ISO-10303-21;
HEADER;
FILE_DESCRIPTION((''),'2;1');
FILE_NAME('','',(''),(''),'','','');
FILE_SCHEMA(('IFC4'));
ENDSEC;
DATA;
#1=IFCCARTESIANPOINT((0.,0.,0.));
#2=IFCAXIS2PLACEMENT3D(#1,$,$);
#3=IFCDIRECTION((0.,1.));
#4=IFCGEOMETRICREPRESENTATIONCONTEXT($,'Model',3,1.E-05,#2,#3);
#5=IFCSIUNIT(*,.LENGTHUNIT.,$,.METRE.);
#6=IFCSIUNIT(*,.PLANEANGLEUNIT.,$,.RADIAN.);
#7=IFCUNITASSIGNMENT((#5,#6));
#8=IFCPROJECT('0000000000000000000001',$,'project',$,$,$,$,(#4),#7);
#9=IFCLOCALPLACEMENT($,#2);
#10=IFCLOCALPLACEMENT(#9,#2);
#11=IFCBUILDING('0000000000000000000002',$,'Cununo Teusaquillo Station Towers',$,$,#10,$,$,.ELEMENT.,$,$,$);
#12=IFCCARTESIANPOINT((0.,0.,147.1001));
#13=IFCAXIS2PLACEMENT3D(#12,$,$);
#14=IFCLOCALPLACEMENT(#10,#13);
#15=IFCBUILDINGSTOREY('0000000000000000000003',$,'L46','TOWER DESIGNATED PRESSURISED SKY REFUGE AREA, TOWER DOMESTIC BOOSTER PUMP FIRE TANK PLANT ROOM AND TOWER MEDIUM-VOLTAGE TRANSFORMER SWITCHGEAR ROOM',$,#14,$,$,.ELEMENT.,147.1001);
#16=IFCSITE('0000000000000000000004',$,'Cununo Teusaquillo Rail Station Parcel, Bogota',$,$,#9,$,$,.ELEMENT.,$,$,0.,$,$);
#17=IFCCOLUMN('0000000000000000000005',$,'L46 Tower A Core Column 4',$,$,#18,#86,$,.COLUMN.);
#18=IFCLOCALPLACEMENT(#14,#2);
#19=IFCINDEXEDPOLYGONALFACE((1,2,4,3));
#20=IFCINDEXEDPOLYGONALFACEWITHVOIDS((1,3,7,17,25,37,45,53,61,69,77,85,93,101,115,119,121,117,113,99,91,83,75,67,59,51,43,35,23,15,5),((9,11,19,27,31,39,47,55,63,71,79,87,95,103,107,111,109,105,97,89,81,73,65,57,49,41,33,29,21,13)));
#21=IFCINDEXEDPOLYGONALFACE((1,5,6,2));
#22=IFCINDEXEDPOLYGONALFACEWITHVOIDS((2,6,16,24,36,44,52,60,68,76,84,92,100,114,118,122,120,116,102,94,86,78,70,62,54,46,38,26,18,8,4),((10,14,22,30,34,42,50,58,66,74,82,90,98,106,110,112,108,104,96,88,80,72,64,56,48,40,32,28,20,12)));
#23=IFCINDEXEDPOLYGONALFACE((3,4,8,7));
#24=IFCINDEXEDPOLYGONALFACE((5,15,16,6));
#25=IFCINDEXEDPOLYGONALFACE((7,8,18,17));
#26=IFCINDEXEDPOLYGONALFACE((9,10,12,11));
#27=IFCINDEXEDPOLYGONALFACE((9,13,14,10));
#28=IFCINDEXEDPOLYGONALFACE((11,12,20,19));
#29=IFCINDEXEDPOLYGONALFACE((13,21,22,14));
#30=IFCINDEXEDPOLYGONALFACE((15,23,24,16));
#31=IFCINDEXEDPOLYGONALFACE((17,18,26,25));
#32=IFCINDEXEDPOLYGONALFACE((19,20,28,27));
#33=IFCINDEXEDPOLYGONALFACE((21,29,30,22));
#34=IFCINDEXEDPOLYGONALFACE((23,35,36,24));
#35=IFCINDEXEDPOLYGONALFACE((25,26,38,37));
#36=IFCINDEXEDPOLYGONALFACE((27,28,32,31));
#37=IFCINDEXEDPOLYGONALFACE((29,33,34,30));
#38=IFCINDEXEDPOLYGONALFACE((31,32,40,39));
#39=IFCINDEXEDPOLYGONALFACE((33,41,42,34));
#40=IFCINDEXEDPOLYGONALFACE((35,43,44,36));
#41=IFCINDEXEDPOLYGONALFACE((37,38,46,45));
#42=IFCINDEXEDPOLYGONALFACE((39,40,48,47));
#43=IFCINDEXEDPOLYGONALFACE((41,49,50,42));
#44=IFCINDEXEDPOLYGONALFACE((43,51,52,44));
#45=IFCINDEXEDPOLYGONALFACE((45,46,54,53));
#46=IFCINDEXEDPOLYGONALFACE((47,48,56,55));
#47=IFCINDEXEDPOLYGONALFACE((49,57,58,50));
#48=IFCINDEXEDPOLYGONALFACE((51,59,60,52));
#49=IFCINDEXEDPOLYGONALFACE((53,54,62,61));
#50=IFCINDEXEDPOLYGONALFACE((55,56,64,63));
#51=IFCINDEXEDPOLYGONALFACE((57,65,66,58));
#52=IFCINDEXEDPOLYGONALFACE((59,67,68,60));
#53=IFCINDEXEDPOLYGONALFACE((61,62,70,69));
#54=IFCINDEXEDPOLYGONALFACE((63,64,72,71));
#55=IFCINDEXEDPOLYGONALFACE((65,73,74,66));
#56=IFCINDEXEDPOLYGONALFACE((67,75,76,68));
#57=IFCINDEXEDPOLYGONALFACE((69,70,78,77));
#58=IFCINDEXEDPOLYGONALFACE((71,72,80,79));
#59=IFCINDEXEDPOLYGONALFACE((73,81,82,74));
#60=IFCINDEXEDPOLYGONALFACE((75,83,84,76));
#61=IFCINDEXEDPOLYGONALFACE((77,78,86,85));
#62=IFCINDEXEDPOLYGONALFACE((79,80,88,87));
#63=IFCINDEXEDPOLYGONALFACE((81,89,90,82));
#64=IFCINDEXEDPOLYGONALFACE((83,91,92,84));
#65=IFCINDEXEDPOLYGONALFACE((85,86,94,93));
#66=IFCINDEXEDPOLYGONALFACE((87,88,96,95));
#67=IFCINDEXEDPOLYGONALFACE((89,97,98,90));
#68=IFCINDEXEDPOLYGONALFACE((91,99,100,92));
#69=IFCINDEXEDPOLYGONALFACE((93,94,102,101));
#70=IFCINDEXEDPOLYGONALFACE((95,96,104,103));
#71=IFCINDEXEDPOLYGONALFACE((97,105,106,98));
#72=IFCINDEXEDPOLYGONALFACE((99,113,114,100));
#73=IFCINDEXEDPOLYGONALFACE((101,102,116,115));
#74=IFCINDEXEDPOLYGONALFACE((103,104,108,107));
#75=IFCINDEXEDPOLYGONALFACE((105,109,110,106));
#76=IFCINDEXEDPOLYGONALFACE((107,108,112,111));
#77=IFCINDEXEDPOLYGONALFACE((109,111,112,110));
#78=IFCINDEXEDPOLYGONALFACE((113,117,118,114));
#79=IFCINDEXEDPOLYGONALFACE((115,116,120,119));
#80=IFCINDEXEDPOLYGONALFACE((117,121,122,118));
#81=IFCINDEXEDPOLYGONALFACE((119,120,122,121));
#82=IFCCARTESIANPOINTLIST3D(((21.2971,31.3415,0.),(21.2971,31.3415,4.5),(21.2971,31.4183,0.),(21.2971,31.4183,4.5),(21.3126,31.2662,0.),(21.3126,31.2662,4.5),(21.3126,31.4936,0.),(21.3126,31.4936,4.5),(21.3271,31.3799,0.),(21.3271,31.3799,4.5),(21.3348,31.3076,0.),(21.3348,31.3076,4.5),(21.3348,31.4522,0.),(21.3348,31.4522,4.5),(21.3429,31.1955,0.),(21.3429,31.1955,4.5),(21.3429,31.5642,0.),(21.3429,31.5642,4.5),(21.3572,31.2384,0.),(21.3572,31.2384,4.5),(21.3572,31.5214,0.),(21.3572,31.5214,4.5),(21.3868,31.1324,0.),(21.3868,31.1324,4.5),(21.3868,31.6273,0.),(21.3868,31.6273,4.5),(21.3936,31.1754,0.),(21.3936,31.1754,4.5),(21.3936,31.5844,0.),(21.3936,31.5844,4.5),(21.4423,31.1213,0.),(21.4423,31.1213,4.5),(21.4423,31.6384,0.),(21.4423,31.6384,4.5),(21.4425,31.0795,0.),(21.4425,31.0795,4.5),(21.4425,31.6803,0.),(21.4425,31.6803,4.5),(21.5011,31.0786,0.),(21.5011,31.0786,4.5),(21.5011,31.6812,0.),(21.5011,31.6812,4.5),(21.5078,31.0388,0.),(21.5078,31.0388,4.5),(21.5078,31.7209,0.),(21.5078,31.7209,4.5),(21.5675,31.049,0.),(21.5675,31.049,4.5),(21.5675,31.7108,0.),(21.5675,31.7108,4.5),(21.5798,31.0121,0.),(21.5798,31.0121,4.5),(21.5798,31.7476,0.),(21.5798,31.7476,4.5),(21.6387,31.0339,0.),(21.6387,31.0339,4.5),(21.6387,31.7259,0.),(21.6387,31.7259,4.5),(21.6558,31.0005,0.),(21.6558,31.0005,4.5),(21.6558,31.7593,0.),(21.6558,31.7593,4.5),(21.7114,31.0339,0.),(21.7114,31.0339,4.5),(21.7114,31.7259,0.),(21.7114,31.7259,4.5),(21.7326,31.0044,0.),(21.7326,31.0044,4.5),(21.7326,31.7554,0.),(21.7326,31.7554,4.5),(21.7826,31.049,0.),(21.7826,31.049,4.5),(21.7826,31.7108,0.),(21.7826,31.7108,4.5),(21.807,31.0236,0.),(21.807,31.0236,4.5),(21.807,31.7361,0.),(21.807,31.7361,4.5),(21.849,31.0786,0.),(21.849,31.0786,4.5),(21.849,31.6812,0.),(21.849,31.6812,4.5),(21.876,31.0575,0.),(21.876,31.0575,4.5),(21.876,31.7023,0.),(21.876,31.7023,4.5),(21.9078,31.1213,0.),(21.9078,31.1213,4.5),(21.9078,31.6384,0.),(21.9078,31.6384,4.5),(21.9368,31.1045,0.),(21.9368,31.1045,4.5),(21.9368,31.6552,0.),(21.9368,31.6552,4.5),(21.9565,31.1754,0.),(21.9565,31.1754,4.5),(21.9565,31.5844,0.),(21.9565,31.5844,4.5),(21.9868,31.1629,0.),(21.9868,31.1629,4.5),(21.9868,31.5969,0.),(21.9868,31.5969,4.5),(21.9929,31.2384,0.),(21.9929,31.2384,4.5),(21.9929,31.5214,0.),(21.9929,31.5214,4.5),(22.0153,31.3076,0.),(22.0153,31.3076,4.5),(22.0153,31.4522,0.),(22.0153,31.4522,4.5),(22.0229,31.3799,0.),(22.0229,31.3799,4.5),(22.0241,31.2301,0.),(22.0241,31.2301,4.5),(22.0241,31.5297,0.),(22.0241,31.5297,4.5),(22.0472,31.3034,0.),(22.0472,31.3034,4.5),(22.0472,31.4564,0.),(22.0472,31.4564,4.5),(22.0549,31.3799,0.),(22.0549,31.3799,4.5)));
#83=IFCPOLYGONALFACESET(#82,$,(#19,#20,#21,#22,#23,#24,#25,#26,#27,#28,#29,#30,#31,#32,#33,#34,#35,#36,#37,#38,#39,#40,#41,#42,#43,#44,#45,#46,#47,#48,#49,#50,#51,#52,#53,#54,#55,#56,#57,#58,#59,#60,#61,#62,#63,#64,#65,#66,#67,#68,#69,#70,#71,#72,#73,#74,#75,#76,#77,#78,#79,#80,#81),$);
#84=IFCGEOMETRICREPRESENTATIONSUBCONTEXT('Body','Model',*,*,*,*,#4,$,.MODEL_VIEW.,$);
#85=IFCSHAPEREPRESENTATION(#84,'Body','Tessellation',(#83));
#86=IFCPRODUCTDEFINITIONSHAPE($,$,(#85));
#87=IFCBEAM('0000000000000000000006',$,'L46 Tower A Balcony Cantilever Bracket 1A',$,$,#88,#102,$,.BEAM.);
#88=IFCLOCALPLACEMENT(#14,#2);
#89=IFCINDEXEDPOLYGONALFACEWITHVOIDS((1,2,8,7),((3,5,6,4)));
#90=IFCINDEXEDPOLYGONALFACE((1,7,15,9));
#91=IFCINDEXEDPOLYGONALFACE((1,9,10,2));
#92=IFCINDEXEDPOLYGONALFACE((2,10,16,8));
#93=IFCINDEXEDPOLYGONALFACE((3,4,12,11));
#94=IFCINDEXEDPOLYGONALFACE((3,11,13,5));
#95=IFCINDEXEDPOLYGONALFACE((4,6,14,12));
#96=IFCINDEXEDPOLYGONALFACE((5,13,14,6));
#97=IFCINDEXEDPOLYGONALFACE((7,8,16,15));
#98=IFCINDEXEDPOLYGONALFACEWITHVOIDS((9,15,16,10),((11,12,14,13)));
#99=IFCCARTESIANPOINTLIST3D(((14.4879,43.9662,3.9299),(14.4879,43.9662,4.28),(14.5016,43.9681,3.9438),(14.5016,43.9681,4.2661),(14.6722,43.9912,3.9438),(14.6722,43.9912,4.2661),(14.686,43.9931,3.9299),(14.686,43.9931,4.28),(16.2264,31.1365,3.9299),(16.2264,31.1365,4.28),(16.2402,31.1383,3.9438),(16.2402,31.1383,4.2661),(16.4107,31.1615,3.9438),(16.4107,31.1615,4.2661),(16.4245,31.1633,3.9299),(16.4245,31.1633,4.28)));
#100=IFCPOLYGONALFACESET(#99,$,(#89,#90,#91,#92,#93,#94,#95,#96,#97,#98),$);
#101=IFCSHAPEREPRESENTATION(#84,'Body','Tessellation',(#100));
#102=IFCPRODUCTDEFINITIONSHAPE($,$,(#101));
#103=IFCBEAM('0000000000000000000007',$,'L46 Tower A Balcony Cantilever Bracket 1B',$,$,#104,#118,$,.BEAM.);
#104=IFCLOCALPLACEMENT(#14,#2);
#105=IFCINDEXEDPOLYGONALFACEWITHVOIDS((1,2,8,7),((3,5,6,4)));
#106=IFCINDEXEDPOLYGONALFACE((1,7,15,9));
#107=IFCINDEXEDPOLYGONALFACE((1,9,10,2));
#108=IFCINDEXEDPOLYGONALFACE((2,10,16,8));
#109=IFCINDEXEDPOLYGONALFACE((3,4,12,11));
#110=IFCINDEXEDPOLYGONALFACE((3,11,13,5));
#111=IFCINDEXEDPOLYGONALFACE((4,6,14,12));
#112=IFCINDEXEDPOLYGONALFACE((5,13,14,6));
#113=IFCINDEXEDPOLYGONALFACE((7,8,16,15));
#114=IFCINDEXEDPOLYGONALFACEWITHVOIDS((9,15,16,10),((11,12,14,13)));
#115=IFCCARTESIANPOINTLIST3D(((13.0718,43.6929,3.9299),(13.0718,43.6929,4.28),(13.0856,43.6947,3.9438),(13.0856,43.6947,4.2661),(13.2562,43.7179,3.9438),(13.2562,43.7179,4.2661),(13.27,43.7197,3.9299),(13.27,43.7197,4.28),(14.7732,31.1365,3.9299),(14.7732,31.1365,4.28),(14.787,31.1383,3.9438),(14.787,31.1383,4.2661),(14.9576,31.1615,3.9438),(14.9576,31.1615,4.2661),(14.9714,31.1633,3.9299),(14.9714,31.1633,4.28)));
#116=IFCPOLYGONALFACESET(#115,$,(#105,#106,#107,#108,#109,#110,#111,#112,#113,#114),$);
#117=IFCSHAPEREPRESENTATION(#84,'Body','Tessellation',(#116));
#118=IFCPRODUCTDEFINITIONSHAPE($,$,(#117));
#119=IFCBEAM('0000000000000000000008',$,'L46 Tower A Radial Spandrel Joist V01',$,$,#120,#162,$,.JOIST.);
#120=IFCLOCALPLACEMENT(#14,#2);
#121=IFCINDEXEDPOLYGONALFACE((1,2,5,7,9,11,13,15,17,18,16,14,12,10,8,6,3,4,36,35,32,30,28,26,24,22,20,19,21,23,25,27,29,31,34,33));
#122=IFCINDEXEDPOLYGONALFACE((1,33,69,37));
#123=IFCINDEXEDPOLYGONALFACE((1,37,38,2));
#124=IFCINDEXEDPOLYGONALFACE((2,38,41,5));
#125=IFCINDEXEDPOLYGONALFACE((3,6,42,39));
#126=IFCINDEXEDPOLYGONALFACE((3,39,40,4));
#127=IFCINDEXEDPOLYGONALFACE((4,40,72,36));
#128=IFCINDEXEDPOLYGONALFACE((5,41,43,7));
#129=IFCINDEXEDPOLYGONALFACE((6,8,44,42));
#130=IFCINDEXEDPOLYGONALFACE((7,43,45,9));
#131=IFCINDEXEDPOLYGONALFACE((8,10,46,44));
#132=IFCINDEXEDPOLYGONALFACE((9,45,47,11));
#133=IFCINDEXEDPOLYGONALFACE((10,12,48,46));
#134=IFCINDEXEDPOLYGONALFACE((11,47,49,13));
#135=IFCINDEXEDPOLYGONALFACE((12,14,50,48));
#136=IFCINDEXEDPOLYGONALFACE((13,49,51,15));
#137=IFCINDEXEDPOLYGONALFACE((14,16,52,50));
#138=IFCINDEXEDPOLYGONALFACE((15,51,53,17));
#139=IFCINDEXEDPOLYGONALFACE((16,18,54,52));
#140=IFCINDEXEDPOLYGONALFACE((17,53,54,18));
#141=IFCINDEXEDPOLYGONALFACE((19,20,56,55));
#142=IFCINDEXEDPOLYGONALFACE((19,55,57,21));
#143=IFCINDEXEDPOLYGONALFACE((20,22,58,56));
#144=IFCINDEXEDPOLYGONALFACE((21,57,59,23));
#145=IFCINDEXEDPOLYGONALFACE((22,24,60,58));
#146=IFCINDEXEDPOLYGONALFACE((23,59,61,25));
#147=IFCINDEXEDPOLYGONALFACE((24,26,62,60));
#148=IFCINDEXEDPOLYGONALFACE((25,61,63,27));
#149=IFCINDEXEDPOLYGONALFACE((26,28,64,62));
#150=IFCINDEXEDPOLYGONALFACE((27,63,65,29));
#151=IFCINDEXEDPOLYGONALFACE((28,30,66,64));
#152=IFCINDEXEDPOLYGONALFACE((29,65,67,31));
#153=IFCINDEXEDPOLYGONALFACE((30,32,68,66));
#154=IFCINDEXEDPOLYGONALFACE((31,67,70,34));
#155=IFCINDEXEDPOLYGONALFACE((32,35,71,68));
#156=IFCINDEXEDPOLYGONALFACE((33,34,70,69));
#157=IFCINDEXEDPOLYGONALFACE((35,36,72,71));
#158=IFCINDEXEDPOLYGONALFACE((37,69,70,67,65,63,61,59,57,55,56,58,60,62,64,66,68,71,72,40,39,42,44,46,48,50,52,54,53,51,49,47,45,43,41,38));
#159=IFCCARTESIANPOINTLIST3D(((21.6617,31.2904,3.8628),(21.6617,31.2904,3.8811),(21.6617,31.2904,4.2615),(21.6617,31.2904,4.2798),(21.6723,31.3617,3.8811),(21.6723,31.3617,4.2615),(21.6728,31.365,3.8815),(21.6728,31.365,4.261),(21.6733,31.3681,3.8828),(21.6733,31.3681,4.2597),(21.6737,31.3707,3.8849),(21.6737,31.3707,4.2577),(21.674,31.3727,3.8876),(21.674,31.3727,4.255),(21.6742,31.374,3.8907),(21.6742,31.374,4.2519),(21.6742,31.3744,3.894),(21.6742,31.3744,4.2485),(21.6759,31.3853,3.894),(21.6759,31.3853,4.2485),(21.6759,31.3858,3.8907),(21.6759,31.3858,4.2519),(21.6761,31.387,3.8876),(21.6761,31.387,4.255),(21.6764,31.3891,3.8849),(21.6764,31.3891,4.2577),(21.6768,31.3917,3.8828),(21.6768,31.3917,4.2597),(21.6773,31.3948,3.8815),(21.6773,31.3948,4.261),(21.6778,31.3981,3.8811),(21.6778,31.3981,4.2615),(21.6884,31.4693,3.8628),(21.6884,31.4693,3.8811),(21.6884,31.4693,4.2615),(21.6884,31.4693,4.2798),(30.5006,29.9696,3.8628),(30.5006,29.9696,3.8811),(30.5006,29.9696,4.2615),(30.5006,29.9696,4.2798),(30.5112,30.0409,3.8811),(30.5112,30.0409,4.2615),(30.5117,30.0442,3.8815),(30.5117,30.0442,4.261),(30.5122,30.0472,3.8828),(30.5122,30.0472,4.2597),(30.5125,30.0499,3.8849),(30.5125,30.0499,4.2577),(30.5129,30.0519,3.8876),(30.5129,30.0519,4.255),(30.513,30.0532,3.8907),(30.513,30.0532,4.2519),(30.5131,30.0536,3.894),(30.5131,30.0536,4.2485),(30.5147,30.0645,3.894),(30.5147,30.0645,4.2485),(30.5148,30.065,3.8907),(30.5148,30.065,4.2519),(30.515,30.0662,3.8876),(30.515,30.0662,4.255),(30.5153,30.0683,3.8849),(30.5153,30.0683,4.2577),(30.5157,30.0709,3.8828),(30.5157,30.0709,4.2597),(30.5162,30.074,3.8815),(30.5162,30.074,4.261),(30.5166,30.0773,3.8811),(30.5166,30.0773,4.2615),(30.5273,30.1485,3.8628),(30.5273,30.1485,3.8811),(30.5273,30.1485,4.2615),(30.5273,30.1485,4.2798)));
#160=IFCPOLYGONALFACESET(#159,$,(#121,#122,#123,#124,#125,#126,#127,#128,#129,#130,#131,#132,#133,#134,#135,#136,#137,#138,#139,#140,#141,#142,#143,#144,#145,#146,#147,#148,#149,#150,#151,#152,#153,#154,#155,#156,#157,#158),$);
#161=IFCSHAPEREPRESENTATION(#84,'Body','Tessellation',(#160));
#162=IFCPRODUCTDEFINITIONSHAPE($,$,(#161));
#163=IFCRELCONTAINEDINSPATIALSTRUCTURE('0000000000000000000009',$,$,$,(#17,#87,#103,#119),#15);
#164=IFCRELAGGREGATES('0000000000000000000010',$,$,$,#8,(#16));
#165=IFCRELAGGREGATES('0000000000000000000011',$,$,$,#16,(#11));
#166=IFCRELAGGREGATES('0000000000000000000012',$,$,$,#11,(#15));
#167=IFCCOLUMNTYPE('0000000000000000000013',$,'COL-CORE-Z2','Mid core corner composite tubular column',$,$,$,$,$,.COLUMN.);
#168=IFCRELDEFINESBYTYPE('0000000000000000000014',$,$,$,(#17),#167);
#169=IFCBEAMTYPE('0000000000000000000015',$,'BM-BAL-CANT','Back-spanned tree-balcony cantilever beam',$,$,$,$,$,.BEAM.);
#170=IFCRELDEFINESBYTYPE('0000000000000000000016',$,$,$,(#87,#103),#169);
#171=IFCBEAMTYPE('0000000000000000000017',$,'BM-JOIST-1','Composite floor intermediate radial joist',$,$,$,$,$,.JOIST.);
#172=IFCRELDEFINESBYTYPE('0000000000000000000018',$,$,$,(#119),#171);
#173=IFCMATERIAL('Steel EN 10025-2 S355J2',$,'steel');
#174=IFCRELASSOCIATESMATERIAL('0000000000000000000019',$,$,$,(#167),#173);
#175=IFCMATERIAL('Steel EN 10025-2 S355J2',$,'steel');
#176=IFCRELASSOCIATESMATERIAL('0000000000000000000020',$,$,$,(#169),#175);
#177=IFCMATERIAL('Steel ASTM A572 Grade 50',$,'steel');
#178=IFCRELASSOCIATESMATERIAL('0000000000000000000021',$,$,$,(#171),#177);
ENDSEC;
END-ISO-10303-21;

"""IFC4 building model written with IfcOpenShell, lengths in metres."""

from ifc_helpers import new_model, si_unit, direction, frame, origin, origin_2d, place, context, subcontext, project, spatial, hollow_rectangle, hollow_circle, i_section, extrude, material, material_profile, profile_set, type_object, element, save


model = new_model("IFC4")

# Units and contexts
model_context = context("Model", 3, precision=1e-05, world=origin(), true_north=direction((0.0, 1.0)))
body_context = subcontext(model_context, "Body", "Model", "MODEL_VIEW")
ifc_project = project(units=[si_unit("LENGTHUNIT", "METRE"), si_unit("PLANEANGLEUNIT", "RADIAN")], contexts=[model_context])

# Site, building, storey
site_placement = place(None, origin())
site = spatial("IfcSite", under=ifc_project, at=site_placement, Name="Cununo Teusaquillo Rail Station Parcel, Bogota", CompositionType="ELEMENT", RefElevation=0.0)
building_placement = place(site_placement, origin())
building = spatial("IfcBuilding", under=site, at=building_placement, Name="Cununo Teusaquillo Station Towers", CompositionType="ELEMENT")
storey_placement = place(building_placement, frame((0.0, 0.0, 147.1001)))
storey = spatial("IfcBuildingStorey", under=building, at=storey_placement, Name="L46", Description="TOWER DESIGNATED PRESSURISED SKY REFUGE AREA, TOWER DOMESTIC BOOSTER PUMP FIRE TANK PLANT ROOM AND TOWER MEDIUM-VOLTAGE TRANSFORMER SWITCHGEAR ROOM", CompositionType="ELEMENT", Elevation=147.1001)

# Column
ifc_material_1 = material(Name="Steel EN 10025-2 S355J2", Category="steel")
ifc_material_profile_1 = material_profile(ifc_material_1, hollow_circle(Radius=0.3799, WallThickness=0.032, at=origin_2d()), Name="CHS 760x32")
ifc_profile_set_1 = profile_set([ifc_material_profile_1], Name="Steel EN 10025-2 S355J2")
column_type = type_object("IfcColumnType", Name="COL-CORE-Z2", Description="Mid core corner composite tubular column", PredefinedType="COLUMN", material=ifc_profile_set_1)
column_placement = place(storey_placement, frame((21.675, 31.3799, 0.0), z_axis=(0.0, 0.0, 1.0), x_axis=(1.0, 0.0, 0.0)))
element("IfcColumn", 1, at=column_placement, inside=storey, type_object=column_type, Name="L46 Tower A Core Column 4", PredefinedType="COLUMN", context=body_context, shape_type="SweptSolid", body=[
    extrude(hollow_circle(Radius=0.3799, WallThickness=0.032, at=origin_2d()), origin(), (0.0, 0.0, 1.0), 4.5),
])

# Beams
ifc_material_2 = material(Name="Steel EN 10025-2 S355J2", Category="steel")
ifc_material_profile_2 = material_profile(ifc_material_2, hollow_rectangle(XDim=0.2, YDim=0.3501, WallThickness=0.0139, at=origin_2d()), Name="RHS 350x200x14")
ifc_profile_set_2 = profile_set([ifc_material_profile_2], Name="Steel EN 10025-2 S355J2")
beam_type_1 = type_object("IfcBeamType", Name="BM-BAL-CANT", Description="Back-spanned tree-balcony cantilever beam", PredefinedType="BEAM", material=ifc_profile_set_2)
beam_1_placement = place(storey_placement, frame((16.3254, 31.1499, 4.105), z_axis=(-0.134279, 0.990944, 0.0), x_axis=(-0.990944, -0.134279, 0.0)))
element("IfcBeam", 2, at=beam_1_placement, inside=storey, type_object=beam_type_1, Name="L46 Tower A Balcony Cantilever Bracket 1A", PredefinedType="BEAM", context=body_context, shape_type="SweptSolid", body=[
    extrude(hollow_rectangle(XDim=0.2, YDim=0.3501, WallThickness=0.0139, at=origin_2d()), origin(), (0.0, 0.0, 1.0), 12.947),
])
beam_2_placement = place(storey_placement, frame((14.8723, 31.1499, 4.105), z_axis=(-0.134275, 0.990944, 0.0), x_axis=(-0.990944, -0.134275, 0.0)))
element("IfcBeam", 3, at=beam_2_placement, inside=storey, type_object=beam_type_1, Name="L46 Tower A Balcony Cantilever Bracket 1B", PredefinedType="BEAM", context=body_context, shape_type="SweptSolid", body=[
    extrude(hollow_rectangle(XDim=0.2, YDim=0.3501, WallThickness=0.0139, at=origin_2d()), origin(), (0.0, 0.0, 1.0), 12.6711),
])
ifc_material_3 = material(Name="Steel ASTM A572 Grade 50", Category="steel")
ifc_material_profile_3 = material_profile(ifc_material_3, i_section(OverallWidth=0.1809, OverallDepth=0.417, WebThickness=0.011, FlangeThickness=0.0183, FilletRadius=0.0129, at=origin_2d()), Name="W16X57")
ifc_profile_set_3 = profile_set([ifc_material_profile_3], Name="Steel ASTM A572 Grade 50")
beam_type_2 = type_object("IfcBeamType", Name="BM-JOIST-1", Description="Composite floor intermediate radial joist", PredefinedType="JOIST", material=ifc_profile_set_3)
beam_3_placement = place(storey_placement, frame((21.675, 31.3799, 4.0713), z_axis=(0.989019, -0.14779, 0.0), x_axis=(0.14779, 0.989019, 0.0)))
element("IfcBeam", 4, at=beam_3_placement, inside=storey, type_object=beam_type_2, Name="L46 Tower A Radial Spandrel Joist V01", PredefinedType="JOIST", context=body_context, shape_type="SweptSolid", body=[
    extrude(i_section(OverallWidth=0.1809, OverallDepth=0.417, WebThickness=0.011, FlangeThickness=0.0183, FilletRadius=0.0129, at=origin_2d()), origin(), (0.0, 0.0, 1.0), 8.937),
])

save(model, "model.ifc")
